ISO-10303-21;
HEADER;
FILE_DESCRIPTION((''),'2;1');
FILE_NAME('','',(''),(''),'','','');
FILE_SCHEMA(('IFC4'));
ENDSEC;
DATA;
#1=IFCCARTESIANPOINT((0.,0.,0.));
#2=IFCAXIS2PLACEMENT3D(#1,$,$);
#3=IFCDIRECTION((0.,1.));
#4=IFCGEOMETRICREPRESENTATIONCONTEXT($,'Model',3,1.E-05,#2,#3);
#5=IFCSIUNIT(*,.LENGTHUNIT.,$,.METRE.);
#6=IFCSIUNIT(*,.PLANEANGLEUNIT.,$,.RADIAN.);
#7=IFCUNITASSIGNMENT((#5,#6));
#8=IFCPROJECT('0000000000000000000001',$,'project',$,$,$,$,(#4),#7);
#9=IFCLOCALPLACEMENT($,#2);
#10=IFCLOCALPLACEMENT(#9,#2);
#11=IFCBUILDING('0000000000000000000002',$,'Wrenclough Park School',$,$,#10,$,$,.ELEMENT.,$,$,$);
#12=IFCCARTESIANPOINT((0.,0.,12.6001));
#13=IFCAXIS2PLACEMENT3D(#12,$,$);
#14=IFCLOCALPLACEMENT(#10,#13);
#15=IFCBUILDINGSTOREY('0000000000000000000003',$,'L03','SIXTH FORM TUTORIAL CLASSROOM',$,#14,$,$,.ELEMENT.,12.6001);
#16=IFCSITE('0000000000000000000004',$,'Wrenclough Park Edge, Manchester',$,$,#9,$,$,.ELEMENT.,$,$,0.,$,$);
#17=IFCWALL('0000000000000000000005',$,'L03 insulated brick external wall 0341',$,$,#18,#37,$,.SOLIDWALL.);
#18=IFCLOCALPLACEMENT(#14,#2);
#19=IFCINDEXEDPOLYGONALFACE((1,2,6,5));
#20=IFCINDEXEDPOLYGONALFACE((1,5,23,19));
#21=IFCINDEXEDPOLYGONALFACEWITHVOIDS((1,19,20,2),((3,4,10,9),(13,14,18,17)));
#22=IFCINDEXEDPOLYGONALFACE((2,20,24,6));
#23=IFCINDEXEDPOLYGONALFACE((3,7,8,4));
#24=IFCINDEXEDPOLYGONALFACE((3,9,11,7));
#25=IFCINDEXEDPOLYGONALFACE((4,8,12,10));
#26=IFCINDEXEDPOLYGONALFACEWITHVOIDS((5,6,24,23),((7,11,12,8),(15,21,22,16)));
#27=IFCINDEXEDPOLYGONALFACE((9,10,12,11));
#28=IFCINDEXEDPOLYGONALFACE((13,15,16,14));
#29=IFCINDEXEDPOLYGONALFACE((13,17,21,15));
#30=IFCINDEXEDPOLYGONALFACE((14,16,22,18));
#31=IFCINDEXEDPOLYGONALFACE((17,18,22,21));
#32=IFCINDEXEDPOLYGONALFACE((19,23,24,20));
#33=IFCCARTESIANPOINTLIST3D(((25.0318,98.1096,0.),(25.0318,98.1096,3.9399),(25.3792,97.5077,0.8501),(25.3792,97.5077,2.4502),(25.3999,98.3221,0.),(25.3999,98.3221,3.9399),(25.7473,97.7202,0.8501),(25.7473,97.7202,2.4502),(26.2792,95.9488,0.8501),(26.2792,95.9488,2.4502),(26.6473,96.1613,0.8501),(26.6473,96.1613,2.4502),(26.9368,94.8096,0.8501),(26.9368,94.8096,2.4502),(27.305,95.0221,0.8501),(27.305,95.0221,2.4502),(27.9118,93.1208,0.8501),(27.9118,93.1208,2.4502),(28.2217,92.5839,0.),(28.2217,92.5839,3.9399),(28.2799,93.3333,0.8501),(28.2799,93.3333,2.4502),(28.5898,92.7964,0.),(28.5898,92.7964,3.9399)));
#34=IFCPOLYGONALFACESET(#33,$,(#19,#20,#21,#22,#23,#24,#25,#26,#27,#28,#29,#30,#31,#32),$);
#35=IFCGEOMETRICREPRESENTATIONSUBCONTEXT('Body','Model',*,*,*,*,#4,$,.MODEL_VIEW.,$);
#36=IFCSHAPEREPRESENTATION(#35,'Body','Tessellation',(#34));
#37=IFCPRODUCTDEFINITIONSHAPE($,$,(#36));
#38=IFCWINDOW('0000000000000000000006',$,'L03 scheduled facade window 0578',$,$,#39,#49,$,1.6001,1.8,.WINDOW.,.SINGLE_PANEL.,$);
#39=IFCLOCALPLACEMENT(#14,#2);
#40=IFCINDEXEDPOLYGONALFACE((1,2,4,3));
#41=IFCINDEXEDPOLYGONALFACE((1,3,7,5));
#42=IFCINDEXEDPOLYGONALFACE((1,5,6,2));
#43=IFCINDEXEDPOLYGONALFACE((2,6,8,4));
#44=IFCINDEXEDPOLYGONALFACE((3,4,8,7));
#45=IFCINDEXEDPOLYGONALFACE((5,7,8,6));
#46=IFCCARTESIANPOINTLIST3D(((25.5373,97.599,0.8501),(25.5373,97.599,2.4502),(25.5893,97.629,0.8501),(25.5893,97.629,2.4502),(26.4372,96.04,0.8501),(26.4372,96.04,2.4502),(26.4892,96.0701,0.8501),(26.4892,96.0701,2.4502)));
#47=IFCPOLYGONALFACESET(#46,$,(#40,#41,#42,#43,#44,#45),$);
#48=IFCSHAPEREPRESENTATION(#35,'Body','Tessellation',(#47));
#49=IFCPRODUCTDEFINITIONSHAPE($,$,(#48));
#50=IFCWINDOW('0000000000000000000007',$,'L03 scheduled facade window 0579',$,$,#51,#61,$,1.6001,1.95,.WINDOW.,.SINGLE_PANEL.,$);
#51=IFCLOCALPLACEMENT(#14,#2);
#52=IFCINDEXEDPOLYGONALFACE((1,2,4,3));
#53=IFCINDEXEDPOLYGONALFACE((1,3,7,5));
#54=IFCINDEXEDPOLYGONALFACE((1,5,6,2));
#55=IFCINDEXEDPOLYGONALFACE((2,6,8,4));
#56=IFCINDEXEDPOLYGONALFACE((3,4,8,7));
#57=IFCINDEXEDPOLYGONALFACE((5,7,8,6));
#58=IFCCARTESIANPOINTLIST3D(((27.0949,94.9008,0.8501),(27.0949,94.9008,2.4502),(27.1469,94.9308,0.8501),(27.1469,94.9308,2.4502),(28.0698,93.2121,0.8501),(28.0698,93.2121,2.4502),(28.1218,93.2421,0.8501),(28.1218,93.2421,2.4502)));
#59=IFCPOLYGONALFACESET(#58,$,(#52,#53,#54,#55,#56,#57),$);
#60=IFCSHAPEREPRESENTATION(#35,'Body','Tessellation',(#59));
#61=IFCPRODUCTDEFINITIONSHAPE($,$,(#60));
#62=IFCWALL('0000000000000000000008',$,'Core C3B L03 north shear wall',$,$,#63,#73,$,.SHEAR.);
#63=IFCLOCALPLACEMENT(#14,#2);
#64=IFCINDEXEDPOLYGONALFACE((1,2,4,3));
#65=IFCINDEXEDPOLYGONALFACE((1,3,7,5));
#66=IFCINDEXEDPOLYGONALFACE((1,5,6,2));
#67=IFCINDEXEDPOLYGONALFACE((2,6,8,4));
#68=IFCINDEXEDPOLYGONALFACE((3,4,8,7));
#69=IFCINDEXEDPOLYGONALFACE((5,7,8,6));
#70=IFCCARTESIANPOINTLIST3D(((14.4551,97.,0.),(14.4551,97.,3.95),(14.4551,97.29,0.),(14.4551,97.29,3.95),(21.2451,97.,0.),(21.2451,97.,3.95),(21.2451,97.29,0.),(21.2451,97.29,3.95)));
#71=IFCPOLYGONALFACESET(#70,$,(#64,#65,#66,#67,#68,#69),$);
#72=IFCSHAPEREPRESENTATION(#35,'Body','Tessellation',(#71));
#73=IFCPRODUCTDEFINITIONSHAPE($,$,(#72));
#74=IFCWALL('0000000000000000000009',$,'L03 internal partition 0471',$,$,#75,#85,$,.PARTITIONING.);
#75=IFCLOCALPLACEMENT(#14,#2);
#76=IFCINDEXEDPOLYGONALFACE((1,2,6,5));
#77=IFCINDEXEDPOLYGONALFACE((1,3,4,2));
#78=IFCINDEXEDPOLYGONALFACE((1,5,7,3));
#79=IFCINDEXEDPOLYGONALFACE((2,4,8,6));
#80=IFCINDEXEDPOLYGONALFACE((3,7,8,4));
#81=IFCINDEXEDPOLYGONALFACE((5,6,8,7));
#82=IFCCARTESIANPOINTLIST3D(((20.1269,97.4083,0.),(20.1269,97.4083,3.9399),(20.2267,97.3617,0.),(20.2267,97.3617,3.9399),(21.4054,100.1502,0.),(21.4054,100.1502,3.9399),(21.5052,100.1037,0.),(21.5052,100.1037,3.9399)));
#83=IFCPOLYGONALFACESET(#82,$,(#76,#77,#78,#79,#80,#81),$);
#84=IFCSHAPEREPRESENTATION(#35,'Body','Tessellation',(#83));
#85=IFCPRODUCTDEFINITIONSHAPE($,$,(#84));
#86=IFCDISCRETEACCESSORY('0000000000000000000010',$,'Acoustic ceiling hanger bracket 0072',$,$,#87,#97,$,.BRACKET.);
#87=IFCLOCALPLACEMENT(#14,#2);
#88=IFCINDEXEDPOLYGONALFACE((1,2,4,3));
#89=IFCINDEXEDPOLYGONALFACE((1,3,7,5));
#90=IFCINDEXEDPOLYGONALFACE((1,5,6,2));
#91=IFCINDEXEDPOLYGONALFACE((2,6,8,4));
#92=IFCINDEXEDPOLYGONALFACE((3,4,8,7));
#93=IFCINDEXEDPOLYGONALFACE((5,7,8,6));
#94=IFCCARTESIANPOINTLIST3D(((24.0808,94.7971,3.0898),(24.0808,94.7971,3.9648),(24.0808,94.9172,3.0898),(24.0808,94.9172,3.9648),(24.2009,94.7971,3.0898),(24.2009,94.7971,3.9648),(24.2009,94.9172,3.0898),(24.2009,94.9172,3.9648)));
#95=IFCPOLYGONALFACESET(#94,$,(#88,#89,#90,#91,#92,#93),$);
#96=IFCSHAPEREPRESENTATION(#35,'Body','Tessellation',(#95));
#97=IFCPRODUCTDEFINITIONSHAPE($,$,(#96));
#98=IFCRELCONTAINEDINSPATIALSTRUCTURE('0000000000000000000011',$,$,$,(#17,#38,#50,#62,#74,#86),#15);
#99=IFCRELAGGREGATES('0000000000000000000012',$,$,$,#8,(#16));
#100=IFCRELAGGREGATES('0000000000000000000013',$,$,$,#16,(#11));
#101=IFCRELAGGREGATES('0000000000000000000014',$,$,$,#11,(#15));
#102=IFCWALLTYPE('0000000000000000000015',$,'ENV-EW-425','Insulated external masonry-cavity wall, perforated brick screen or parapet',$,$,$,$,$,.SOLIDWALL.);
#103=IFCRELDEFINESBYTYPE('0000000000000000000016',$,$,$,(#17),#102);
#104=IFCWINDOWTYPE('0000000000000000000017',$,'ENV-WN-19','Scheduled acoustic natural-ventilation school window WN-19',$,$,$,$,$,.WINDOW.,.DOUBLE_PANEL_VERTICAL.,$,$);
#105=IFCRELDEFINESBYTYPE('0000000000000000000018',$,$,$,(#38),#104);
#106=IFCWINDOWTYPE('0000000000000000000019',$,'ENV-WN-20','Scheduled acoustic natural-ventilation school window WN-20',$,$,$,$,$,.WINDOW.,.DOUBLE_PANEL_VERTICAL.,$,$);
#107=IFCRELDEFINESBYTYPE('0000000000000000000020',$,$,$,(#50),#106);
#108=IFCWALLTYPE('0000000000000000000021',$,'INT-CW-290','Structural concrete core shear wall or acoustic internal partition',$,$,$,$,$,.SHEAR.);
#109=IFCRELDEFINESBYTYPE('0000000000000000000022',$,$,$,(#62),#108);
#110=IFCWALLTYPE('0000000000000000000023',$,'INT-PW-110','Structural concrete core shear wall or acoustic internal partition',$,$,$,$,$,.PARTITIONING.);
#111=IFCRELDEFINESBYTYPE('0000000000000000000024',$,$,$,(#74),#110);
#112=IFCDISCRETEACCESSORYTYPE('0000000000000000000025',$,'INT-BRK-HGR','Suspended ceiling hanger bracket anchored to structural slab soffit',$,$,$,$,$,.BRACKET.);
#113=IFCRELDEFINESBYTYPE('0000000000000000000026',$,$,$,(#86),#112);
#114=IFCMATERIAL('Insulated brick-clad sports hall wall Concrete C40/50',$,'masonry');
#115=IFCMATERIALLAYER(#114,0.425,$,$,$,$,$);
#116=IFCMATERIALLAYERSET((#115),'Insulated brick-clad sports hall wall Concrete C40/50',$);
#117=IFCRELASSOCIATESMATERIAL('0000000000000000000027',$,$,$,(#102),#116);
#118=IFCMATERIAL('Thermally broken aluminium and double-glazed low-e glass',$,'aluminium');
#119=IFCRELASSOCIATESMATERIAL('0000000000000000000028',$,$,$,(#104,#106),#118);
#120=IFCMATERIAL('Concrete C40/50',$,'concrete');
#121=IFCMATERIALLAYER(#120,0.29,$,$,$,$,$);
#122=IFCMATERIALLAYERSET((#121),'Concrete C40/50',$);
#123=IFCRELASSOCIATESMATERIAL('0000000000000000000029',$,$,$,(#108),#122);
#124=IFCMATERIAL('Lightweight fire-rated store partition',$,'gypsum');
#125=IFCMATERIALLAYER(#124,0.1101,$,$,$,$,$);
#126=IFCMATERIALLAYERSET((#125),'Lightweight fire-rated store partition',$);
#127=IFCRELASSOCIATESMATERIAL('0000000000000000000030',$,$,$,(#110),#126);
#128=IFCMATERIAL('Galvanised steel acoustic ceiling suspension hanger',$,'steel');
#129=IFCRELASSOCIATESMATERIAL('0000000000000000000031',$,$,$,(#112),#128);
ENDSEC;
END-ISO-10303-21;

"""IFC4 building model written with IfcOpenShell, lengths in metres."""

from ifc_helpers import new_model, si_unit, direction, frame, frame_2d, origin, origin_2d, place, context, subcontext, project, spatial, rectangle, extrude, material, layer, layer_set, type_object, element, fill, save


model = new_model("IFC4")

# Units and contexts
model_context = context("Model", 3, precision=1e-05, world=origin(), true_north=direction((0.0, 1.0)))
body_context = subcontext(model_context, "Body", "Model", "MODEL_VIEW")
ifc_project = project(units=[si_unit("LENGTHUNIT", "METRE"), si_unit("PLANEANGLEUNIT", "RADIAN")], contexts=[model_context])

# Site, building, storey
site_placement = place(None, origin())
site = spatial("IfcSite", under=ifc_project, at=site_placement, Name="Wrenclough Park Edge, Manchester", CompositionType="ELEMENT", RefElevation=0.0)
building_placement = place(site_placement, origin())
building = spatial("IfcBuilding", under=site, at=building_placement, Name="Wrenclough Park School", CompositionType="ELEMENT")
storey_placement = place(building_placement, frame((0.0, 0.0, 12.6001)))
storey = spatial("IfcBuildingStorey", under=building, at=storey_placement, Name="L03", Description="SIXTH FORM TUTORIAL CLASSROOM", CompositionType="ELEMENT", Elevation=12.6001)

# Wall, openings, windows
ifc_material_1 = material(Name="Thermally broken aluminium and double-glazed low-e glass", Category="aluminium")
ifc_material_2 = material(Name="Insulated brick-clad sports hall wall Concrete C40/50", Category="masonry")
ifc_layer_1 = layer(ifc_material_2, 0.425)
ifc_layer_set_1 = layer_set([ifc_layer_1], Name="Insulated brick-clad sports hall wall Concrete C40/50")
wall_type_1 = type_object("IfcWallType", Name="ENV-EW-425", Description="Insulated external masonry-cavity wall, perforated brick screen or parapet", PredefinedType="SOLIDWALL", material=ifc_layer_set_1)
wall_1_placement = place(storey_placement, frame((25.2158, 98.2158, 0.0), z_axis=(0.0, 0.0, 1.0), x_axis=(0.499966, -0.866045, 0.0)))
wall_1 = element("IfcWall", 1, at=wall_1_placement, inside=storey, type_object=wall_type_1, Name="L03 insulated brick external wall 0341", PredefinedType="SOLIDWALL", context=body_context, shape_type="SweptSolid", body=[
    extrude(rectangle(XDim=6.3804, YDim=0.425, at=frame_2d((3.1902, 0.0))), origin(), (0.0, 0.0, 1.0), 3.9399),
])
opening_1_placement = place(wall_1_placement, frame((0.6951, 0.0, 0.8501)))
opening_1 = element("IfcOpeningElement", 2, at=opening_1_placement, cuts=wall_1, PredefinedType="OPENING", context=body_context, shape_type="SweptSolid", body=[
    extrude(rectangle(XDim=1.8, YDim=1.6001, at=frame_2d((0.8999, 0.8))), frame((0.0, 0.2224, 0.0), z_axis=(0.0, -1.0, 0.0), x_axis=(1.0, 0.0, 0.0)), (0.0, 0.0, 1.0), 0.4451),
])
opening_2_placement = place(wall_1_placement, frame((3.8103, 0.0, 0.8501)))
opening_2 = element("IfcOpeningElement", 3, at=opening_2_placement, cuts=wall_1, PredefinedType="OPENING", context=body_context, shape_type="SweptSolid", body=[
    extrude(rectangle(XDim=1.95, YDim=1.6001, at=frame_2d((0.9751, 0.8))), frame((0.0, 0.2224, 0.0), z_axis=(0.0, -1.0, 0.0), x_axis=(1.0, 0.0, 0.0)), (0.0, 0.0, 1.0), 0.4451),
])
window_type_1 = type_object("IfcWindowType", Name="ENV-WN-19", Description="Scheduled acoustic natural-ventilation school window WN-19", PartitioningType="DOUBLE_PANEL_VERTICAL", PredefinedType="WINDOW", material=ifc_material_1)
window_1_placement = place(opening_1_placement, origin())
window_1 = element("IfcWindow", 4, at=window_1_placement, inside=storey, type_object=window_type_1, Name="L03 scheduled facade window 0578", OverallHeight=1.6001, OverallWidth=1.8, PartitioningType="SINGLE_PANEL", PredefinedType="WINDOW", context=body_context, shape_type="SweptSolid", body=[
    extrude(rectangle(XDim=1.8, YDim=1.6001, at=frame_2d((0.8999, 0.8))), frame((0.0, 0.03, 0.0), z_axis=(0.0, -1.0, 0.0), x_axis=(1.0, 0.0, 0.0)), (0.0, 0.0, 1.0), 0.0601),
])
fill(opening_1, window_1)
window_type_2 = type_object("IfcWindowType", Name="ENV-WN-20", Description="Scheduled acoustic natural-ventilation school window WN-20", PartitioningType="DOUBLE_PANEL_VERTICAL", PredefinedType="WINDOW", material=ifc_material_1)
window_2_placement = place(opening_2_placement, origin())
window_2 = element("IfcWindow", 5, at=window_2_placement, inside=storey, type_object=window_type_2, Name="L03 scheduled facade window 0579", OverallHeight=1.6001, OverallWidth=1.95, PartitioningType="SINGLE_PANEL", PredefinedType="WINDOW", context=body_context, shape_type="SweptSolid", body=[
    extrude(rectangle(XDim=1.95, YDim=1.6001, at=frame_2d((0.9751, 0.8))), frame((0.0, 0.03, 0.0), z_axis=(0.0, -1.0, 0.0), x_axis=(1.0, 0.0, 0.0)), (0.0, 0.0, 1.0), 0.0601),
])
fill(opening_2, window_2)

# Walls
ifc_material_3 = material(Name="Concrete C40/50", Category="concrete")
ifc_layer_2 = layer(ifc_material_3, 0.29)
ifc_layer_set_2 = layer_set([ifc_layer_2], Name="Concrete C40/50")
wall_type_2 = type_object("IfcWallType", Name="INT-CW-290", Description="Structural concrete core shear wall or acoustic internal partition", PredefinedType="SHEAR", material=ifc_layer_set_2)
wall_2_placement = place(storey_placement, frame((21.2451, 97.145, 0.0), z_axis=(0.0, 0.0, 1.0), x_axis=(-1.0, 0.0, 0.0)))
element("IfcWall", 6, at=wall_2_placement, inside=storey, type_object=wall_type_2, Name="Core C3B L03 north shear wall", PredefinedType="SHEAR", context=body_context, shape_type="SweptSolid", body=[
    extrude(rectangle(XDim=6.79, YDim=0.29, at=frame_2d((3.395, 0.0))), origin(), (0.0, 0.0, 1.0), 3.95),
])
ifc_material_4 = material(Name="Lightweight fire-rated store partition", Category="gypsum")
ifc_layer_3 = layer(ifc_material_4, 0.1101)
ifc_layer_set_3 = layer_set([ifc_layer_3], Name="Lightweight fire-rated store partition")
wall_type_3 = type_object("IfcWallType", Name="INT-PW-110", Description="Structural concrete core shear wall or acoustic internal partition", PredefinedType="PARTITIONING", material=ifc_layer_set_3)
wall_3_placement = place(storey_placement, frame((21.4553, 100.127, 0.0), z_axis=(0.0, 0.0, 1.0), x_axis=(-0.422612, -0.906311, 0.0)))
element("IfcWall", 7, at=wall_3_placement, inside=storey, type_object=wall_type_3, Name="L03 internal partition 0471", PredefinedType="PARTITIONING", context=body_context, shape_type="SweptSolid", body=[
    extrude(rectangle(XDim=3.0254, YDim=0.1101, at=frame_2d((1.5127, 0.0))), origin(), (0.0, 0.0, 1.0), 3.9399),
])

# Discrete accessory
ifc_material_5 = material(Name="Galvanised steel acoustic ceiling suspension hanger", Category="steel")
discrete_accessory_type = type_object("IfcDiscreteAccessoryType", Name="INT-BRK-HGR", Description="Suspended ceiling hanger bracket anchored to structural slab soffit", PredefinedType="BRACKET", material=ifc_material_5)
discrete_accessory_placement = place(storey_placement, frame((24.1409, 94.8572, 3.0898), z_axis=(0.0, 0.0, 1.0), x_axis=(1.0, 0.0, 0.0)))
element("IfcDiscreteAccessory", 8, at=discrete_accessory_placement, inside=storey, type_object=discrete_accessory_type, Name="Acoustic ceiling hanger bracket 0072", PredefinedType="BRACKET", context=body_context, shape_type="SweptSolid", body=[
    extrude(rectangle(XDim=0.1201, YDim=0.1201, at=origin_2d()), origin(), (0.0, 0.0, 1.0), 0.875),
])

save(model, "model.ifc")
